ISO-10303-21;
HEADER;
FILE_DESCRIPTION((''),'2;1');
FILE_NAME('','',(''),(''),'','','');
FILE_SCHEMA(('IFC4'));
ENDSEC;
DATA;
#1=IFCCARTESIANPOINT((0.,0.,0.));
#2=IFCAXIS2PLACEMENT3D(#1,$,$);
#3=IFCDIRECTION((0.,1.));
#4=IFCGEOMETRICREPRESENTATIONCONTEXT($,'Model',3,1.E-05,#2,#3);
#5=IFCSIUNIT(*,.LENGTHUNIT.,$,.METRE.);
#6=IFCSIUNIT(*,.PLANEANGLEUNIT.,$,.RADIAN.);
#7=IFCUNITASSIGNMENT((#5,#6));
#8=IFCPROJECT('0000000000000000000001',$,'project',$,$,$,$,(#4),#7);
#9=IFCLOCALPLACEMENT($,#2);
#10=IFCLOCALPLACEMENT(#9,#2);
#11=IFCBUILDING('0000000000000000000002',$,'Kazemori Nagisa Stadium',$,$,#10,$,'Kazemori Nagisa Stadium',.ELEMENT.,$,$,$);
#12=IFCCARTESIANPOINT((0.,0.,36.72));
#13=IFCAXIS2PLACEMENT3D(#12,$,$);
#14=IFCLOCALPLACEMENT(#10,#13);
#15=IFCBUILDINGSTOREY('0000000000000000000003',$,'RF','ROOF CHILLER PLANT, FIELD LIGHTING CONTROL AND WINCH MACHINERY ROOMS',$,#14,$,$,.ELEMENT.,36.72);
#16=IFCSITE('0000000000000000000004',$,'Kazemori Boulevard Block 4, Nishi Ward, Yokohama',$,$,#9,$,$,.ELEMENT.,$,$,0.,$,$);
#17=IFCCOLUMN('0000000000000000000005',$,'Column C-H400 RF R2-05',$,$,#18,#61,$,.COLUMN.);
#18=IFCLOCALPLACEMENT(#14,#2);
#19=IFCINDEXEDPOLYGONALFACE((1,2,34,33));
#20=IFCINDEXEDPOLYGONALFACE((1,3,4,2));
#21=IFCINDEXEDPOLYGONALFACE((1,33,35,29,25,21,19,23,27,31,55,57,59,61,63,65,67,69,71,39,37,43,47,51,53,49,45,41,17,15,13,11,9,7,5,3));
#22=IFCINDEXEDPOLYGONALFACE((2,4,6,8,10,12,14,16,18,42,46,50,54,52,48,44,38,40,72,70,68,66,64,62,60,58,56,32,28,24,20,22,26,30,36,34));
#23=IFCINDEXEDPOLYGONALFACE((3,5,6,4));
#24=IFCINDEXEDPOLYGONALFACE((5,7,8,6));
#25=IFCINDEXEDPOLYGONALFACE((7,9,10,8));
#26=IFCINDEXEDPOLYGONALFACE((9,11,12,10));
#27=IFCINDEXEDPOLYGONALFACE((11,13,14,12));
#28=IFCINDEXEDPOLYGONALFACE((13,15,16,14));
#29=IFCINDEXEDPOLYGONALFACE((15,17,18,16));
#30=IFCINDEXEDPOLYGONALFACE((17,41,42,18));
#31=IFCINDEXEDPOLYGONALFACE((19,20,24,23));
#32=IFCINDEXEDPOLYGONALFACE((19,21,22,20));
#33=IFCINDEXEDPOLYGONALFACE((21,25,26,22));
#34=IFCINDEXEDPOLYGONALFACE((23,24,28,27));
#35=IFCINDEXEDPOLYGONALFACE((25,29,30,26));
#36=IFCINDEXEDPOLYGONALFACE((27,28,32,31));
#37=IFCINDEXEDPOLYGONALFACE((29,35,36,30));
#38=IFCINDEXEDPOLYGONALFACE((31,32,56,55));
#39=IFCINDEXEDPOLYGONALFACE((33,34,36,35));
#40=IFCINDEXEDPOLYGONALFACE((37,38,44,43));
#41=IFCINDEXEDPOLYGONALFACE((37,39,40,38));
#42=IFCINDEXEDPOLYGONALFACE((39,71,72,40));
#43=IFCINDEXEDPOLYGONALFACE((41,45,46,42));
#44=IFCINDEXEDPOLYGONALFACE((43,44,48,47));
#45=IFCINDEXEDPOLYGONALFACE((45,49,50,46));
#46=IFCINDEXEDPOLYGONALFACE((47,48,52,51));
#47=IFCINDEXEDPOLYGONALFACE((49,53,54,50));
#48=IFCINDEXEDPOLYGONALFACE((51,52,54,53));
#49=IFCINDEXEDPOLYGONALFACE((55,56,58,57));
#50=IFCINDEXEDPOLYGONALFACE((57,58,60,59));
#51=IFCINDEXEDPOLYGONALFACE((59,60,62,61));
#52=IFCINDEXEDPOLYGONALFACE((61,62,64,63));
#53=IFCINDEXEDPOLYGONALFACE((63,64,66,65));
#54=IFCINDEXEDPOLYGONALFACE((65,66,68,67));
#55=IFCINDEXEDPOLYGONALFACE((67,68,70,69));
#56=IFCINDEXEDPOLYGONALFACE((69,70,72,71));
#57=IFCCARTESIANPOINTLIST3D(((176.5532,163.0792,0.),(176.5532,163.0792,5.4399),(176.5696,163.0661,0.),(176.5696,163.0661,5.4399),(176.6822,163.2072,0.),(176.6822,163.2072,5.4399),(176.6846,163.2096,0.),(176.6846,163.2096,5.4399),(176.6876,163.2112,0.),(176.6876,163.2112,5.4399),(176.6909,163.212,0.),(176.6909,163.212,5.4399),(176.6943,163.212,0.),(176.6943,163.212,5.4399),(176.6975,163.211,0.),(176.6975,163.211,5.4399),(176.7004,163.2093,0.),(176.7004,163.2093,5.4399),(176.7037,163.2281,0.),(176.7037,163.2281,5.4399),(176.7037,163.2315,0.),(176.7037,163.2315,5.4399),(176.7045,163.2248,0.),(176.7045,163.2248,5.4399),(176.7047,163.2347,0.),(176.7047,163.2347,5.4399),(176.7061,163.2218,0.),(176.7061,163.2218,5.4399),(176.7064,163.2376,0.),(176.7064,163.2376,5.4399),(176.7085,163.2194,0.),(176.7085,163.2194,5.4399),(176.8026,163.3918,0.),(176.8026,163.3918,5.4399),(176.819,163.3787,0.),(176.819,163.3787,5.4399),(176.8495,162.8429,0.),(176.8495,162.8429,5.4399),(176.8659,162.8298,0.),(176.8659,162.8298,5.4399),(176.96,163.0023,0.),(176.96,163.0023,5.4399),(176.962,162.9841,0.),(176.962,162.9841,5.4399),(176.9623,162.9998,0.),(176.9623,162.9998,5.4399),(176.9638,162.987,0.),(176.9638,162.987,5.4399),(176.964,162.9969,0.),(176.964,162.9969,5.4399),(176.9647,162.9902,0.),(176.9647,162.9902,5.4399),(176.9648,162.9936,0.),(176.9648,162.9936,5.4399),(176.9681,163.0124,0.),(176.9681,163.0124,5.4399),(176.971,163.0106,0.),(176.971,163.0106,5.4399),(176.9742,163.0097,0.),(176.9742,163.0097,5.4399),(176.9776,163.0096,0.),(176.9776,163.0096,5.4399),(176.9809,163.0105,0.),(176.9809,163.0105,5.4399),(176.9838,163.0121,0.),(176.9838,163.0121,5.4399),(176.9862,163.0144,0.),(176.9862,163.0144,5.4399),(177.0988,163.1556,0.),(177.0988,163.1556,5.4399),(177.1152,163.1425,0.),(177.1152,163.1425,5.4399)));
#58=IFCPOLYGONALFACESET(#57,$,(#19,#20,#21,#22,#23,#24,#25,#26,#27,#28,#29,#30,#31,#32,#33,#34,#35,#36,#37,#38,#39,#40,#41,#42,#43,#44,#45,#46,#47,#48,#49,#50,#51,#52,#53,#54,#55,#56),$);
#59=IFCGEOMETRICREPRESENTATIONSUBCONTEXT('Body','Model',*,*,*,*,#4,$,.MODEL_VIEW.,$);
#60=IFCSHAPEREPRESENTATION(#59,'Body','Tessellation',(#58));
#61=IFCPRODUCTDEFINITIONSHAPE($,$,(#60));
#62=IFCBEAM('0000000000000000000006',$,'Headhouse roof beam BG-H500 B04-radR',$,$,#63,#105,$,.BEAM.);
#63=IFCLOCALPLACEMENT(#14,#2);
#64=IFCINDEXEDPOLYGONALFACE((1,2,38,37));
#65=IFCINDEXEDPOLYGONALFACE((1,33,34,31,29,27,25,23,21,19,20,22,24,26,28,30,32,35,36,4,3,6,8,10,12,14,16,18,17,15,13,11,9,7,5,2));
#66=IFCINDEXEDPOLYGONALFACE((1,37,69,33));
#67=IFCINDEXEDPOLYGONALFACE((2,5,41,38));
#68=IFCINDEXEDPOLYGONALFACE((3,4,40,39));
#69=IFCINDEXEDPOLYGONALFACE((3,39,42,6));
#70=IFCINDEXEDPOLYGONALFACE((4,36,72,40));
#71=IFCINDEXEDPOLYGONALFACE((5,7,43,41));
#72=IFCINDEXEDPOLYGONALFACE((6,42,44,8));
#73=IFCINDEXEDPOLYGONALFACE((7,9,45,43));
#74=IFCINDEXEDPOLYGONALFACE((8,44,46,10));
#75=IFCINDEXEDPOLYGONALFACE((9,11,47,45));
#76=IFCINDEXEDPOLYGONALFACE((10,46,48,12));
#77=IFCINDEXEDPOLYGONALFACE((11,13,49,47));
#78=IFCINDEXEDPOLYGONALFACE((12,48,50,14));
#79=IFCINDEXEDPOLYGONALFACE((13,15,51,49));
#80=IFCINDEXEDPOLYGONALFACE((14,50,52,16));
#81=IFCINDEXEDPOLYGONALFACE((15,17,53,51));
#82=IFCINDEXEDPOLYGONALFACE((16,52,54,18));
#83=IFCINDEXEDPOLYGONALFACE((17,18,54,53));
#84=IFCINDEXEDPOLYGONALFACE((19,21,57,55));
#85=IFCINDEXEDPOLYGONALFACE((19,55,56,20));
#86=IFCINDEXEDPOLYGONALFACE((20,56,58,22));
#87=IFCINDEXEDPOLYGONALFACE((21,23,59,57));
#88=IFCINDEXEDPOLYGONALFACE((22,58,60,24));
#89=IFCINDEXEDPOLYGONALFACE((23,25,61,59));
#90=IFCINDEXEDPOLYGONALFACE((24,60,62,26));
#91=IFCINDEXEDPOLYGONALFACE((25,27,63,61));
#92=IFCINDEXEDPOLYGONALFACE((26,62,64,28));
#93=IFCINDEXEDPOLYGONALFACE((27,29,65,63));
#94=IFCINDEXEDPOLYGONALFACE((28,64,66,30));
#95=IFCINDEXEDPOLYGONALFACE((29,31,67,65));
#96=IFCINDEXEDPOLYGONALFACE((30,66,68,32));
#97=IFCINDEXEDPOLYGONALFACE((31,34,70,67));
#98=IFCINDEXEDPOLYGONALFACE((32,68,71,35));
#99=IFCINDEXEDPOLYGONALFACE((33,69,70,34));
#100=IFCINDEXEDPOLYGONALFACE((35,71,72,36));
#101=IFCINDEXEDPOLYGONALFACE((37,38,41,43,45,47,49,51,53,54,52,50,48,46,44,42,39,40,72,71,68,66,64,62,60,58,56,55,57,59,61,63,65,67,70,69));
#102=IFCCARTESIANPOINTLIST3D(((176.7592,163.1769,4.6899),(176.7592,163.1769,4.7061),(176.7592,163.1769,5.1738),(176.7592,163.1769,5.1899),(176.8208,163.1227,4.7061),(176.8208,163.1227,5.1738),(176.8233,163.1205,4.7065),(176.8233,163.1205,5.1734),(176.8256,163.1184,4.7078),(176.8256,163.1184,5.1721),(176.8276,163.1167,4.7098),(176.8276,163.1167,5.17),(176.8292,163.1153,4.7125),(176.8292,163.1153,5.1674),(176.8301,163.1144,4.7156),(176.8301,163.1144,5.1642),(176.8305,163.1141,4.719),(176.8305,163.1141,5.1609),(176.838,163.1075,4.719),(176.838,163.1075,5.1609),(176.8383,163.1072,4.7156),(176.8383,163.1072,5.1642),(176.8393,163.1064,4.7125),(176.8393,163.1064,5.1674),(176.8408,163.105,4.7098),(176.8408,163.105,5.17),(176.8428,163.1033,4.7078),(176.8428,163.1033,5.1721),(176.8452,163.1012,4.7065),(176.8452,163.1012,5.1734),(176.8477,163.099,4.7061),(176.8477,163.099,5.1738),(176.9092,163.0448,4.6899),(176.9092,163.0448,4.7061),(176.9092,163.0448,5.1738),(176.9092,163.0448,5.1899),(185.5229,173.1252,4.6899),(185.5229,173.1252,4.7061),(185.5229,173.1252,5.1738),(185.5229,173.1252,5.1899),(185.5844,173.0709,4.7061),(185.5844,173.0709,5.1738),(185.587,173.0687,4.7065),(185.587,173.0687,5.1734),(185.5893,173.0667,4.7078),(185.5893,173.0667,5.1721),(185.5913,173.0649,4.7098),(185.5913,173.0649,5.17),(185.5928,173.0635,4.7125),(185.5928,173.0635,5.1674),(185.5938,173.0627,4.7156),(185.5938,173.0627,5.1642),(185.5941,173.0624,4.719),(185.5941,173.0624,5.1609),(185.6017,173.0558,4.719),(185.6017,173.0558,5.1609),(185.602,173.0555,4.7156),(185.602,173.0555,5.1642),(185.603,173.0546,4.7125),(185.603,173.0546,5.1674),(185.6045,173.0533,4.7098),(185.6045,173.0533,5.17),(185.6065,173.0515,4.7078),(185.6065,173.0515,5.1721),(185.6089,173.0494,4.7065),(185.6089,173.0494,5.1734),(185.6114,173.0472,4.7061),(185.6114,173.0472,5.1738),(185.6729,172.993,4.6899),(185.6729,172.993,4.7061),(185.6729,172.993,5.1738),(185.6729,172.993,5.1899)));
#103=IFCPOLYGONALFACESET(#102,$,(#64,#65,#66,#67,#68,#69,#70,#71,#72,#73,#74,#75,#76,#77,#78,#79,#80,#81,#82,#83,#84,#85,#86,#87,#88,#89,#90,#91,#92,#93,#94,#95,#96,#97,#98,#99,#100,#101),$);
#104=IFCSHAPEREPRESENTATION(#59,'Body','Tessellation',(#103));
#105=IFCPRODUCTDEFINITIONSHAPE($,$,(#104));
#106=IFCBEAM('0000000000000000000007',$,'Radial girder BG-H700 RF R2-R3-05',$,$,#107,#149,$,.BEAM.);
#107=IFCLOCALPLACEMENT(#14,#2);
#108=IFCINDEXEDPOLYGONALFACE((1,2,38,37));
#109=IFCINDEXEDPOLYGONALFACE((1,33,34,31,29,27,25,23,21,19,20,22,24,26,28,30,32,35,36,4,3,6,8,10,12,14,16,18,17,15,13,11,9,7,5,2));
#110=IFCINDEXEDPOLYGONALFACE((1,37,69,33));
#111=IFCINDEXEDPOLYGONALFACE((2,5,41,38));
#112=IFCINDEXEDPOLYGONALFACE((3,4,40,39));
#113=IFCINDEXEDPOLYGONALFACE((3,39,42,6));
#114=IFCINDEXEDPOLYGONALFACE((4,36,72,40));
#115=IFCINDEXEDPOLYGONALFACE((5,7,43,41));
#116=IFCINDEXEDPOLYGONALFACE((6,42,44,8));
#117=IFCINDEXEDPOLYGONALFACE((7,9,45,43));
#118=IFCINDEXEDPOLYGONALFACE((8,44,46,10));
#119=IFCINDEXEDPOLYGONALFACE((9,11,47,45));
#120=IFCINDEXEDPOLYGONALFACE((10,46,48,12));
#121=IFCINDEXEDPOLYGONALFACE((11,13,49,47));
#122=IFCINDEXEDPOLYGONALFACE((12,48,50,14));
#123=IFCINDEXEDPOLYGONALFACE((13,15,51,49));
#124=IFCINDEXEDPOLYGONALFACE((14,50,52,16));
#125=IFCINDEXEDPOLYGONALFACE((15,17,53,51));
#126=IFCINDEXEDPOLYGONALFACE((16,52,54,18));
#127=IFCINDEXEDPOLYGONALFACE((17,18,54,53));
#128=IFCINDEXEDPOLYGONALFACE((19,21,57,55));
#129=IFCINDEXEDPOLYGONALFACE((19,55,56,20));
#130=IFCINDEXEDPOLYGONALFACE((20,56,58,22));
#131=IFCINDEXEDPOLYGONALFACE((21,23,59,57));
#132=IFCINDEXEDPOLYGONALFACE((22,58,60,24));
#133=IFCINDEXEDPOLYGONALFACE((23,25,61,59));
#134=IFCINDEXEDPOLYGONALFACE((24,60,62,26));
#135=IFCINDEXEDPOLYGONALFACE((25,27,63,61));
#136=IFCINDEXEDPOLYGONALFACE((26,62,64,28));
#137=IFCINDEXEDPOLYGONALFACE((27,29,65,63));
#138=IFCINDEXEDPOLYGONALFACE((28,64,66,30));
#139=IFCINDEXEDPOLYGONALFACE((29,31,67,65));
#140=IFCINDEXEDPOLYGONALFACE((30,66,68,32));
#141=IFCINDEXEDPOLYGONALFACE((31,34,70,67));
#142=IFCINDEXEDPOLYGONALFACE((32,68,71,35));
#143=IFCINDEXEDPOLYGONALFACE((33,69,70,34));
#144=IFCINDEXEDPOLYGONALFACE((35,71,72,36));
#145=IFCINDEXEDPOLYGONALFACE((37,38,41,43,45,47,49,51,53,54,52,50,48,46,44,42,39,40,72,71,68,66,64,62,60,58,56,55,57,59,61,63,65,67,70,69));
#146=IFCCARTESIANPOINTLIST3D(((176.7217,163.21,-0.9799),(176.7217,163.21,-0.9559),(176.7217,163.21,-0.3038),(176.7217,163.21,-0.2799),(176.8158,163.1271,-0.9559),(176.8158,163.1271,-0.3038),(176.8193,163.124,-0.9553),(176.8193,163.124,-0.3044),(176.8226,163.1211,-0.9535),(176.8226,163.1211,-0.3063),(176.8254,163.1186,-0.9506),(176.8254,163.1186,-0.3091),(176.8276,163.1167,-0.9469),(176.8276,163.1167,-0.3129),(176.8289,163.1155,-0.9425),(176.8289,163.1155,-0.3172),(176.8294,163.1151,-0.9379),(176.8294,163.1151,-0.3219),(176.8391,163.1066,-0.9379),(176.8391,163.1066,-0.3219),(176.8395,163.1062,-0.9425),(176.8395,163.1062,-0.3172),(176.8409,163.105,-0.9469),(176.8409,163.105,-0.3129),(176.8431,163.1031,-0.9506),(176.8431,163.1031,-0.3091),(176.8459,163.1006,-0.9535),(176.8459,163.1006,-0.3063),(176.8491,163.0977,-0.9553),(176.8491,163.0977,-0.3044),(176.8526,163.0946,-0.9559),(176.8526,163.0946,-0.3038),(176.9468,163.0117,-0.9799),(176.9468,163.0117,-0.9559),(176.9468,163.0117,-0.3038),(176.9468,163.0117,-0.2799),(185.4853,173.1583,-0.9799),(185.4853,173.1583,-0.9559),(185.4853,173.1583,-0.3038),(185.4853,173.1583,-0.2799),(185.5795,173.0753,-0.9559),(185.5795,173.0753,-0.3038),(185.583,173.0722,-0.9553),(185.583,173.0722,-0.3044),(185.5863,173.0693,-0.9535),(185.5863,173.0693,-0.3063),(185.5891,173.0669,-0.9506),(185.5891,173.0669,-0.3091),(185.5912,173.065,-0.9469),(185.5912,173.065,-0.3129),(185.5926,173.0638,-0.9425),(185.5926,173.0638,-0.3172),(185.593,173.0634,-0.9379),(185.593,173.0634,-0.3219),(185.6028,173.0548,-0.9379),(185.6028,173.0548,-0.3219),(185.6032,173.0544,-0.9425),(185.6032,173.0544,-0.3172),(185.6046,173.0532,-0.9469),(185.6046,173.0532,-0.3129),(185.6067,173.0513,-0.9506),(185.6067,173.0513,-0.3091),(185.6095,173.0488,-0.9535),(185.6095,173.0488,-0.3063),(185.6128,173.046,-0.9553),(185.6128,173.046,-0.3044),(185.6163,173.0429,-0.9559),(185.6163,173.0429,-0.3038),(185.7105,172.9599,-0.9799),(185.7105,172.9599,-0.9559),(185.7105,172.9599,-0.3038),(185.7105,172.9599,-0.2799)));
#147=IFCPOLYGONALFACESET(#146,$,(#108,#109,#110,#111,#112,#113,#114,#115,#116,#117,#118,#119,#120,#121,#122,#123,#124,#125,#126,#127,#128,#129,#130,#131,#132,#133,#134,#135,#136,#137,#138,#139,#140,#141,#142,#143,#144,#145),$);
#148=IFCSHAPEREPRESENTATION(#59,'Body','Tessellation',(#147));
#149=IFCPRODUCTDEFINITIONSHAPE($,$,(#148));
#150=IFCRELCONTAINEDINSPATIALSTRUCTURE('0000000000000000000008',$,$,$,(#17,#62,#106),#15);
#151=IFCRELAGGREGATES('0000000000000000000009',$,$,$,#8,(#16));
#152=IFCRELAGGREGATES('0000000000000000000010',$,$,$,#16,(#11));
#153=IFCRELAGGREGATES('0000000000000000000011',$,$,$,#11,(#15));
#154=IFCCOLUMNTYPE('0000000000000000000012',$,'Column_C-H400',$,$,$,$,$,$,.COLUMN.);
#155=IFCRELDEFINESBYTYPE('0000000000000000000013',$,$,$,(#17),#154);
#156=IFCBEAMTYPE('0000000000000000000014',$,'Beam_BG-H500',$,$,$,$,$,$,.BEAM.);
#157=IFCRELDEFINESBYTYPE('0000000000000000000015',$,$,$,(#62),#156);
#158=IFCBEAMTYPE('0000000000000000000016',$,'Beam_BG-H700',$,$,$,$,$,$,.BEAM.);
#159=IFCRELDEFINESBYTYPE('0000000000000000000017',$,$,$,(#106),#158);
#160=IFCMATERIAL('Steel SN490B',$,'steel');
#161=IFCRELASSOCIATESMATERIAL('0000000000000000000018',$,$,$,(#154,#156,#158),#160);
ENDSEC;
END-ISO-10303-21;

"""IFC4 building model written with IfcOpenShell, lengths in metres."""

from ifc_helpers import new_model, si_unit, direction, frame, origin, origin_2d, place, context, subcontext, project, spatial, i_section, extrude, material, material_profile, profile_set, type_object, element, save


model = new_model("IFC4")

# Units and contexts
model_context = context("Model", 3, precision=1e-05, world=origin(), true_north=direction((0.0, 1.0)))
body_context = subcontext(model_context, "Body", "Model", "MODEL_VIEW")
ifc_project = project(units=[si_unit("LENGTHUNIT", "METRE"), si_unit("PLANEANGLEUNIT", "RADIAN")], contexts=[model_context])

# Site, building, storey
site_placement = place(None, origin())
site = spatial("IfcSite", under=ifc_project, at=site_placement, Name="Kazemori Boulevard Block 4, Nishi Ward, Yokohama", CompositionType="ELEMENT", RefElevation=0.0)
building_placement = place(site_placement, origin())
building = spatial("IfcBuilding", under=site, at=building_placement, Name="Kazemori Nagisa Stadium", LongName="Kazemori Nagisa Stadium", CompositionType="ELEMENT")
storey_placement = place(building_placement, frame((0.0, 0.0, 36.72)))
storey = spatial("IfcBuildingStorey", under=building, at=storey_placement, Name="RF", Description="ROOF CHILLER PLANT, FIELD LIGHTING CONTROL AND WINCH MACHINERY ROOMS", CompositionType="ELEMENT", Elevation=36.72)

# Column
ifc_material_1 = material(Name="Steel SN490B", Category="steel")
ifc_material_profile_1 = material_profile(ifc_material_1, i_section(OverallWidth=0.3999, OverallDepth=0.3999, WebThickness=0.0129, FlangeThickness=0.021, FilletRadius=0.0129, at=origin_2d()), Name="H-400x400x13x21")
ifc_profile_set_1 = profile_set([ifc_material_profile_1], Name="Steel SN490B")
column_type = type_object("IfcColumnType", Name="Column_C-H400", PredefinedType="COLUMN", material=ifc_profile_set_1)
column_placement = place(storey_placement, frame((176.8342, 163.1108, 0.0), z_axis=(0.0, 0.0, 1.0), x_axis=(0.62349, 0.781831, 0.0)))
element("IfcColumn", 1, at=column_placement, inside=storey, type_object=column_type, Name="Column C-H400 RF R2-05", PredefinedType="COLUMN", context=body_context, shape_type="SweptSolid", body=[
    extrude(i_section(OverallWidth=0.3999, OverallDepth=0.3999, WebThickness=0.0129, FlangeThickness=0.021, FilletRadius=0.0129, at=origin_2d()), origin(), (0.0, 0.0, 1.0), 5.4399),
])

# Beams
ifc_material_profile_2 = material_profile(ifc_material_1, i_section(OverallWidth=0.2, OverallDepth=0.5, WebThickness=0.01, FlangeThickness=0.0161, FilletRadius=0.0129, at=origin_2d()), Name="H-500x200x10x16")
ifc_profile_set_2 = profile_set([ifc_material_profile_2], Name="Steel SN490B")
beam_type_1 = type_object("IfcBeamType", Name="Beam_BG-H500", PredefinedType="BEAM", material=ifc_profile_set_2)
beam_1_placement = place(storey_placement, frame((176.8342, 163.1108, 4.9399), z_axis=(0.66102, 0.750369, 0.0), x_axis=(-0.750369, 0.66102, 0.0)))
element("IfcBeam", 2, at=beam_1_placement, inside=storey, type_object=beam_type_1, Name="Headhouse roof beam BG-H500 B04-radR", PredefinedType="BEAM", context=body_context, shape_type="SweptSolid", body=[
    extrude(i_section(OverallWidth=0.2, OverallDepth=0.5, WebThickness=0.01, FlangeThickness=0.0161, FilletRadius=0.0129, at=origin_2d()), origin(), (0.0, 0.0, 1.0), 13.2578),
])
ifc_material_profile_3 = material_profile(ifc_material_1, i_section(OverallWidth=0.3, OverallDepth=0.7, WebThickness=0.0129, FlangeThickness=0.0239, FilletRadius=0.0181, at=origin_2d()), Name="H-700x300x13x24")
ifc_profile_set_3 = profile_set([ifc_material_profile_3], Name="Steel SN490B")
beam_type_2 = type_object("IfcBeamType", Name="Beam_BG-H700", PredefinedType="BEAM", material=ifc_profile_set_3)
beam_2_placement = place(storey_placement, frame((176.8342, 163.1108, -0.6299), z_axis=(0.66102, 0.750369, 0.0), x_axis=(-0.750369, 0.66102, 0.0)))
element("IfcBeam", 3, at=beam_2_placement, inside=storey, type_object=beam_type_2, Name="Radial girder BG-H700 RF R2-R3-05", PredefinedType="BEAM", context=body_context, shape_type="SweptSolid", body=[
    extrude(i_section(OverallWidth=0.3, OverallDepth=0.7, WebThickness=0.0129, FlangeThickness=0.0239, FilletRadius=0.0181, at=origin_2d()), origin(), (0.0, 0.0, 1.0), 13.2578),
])

save(model, "model.ifc")
